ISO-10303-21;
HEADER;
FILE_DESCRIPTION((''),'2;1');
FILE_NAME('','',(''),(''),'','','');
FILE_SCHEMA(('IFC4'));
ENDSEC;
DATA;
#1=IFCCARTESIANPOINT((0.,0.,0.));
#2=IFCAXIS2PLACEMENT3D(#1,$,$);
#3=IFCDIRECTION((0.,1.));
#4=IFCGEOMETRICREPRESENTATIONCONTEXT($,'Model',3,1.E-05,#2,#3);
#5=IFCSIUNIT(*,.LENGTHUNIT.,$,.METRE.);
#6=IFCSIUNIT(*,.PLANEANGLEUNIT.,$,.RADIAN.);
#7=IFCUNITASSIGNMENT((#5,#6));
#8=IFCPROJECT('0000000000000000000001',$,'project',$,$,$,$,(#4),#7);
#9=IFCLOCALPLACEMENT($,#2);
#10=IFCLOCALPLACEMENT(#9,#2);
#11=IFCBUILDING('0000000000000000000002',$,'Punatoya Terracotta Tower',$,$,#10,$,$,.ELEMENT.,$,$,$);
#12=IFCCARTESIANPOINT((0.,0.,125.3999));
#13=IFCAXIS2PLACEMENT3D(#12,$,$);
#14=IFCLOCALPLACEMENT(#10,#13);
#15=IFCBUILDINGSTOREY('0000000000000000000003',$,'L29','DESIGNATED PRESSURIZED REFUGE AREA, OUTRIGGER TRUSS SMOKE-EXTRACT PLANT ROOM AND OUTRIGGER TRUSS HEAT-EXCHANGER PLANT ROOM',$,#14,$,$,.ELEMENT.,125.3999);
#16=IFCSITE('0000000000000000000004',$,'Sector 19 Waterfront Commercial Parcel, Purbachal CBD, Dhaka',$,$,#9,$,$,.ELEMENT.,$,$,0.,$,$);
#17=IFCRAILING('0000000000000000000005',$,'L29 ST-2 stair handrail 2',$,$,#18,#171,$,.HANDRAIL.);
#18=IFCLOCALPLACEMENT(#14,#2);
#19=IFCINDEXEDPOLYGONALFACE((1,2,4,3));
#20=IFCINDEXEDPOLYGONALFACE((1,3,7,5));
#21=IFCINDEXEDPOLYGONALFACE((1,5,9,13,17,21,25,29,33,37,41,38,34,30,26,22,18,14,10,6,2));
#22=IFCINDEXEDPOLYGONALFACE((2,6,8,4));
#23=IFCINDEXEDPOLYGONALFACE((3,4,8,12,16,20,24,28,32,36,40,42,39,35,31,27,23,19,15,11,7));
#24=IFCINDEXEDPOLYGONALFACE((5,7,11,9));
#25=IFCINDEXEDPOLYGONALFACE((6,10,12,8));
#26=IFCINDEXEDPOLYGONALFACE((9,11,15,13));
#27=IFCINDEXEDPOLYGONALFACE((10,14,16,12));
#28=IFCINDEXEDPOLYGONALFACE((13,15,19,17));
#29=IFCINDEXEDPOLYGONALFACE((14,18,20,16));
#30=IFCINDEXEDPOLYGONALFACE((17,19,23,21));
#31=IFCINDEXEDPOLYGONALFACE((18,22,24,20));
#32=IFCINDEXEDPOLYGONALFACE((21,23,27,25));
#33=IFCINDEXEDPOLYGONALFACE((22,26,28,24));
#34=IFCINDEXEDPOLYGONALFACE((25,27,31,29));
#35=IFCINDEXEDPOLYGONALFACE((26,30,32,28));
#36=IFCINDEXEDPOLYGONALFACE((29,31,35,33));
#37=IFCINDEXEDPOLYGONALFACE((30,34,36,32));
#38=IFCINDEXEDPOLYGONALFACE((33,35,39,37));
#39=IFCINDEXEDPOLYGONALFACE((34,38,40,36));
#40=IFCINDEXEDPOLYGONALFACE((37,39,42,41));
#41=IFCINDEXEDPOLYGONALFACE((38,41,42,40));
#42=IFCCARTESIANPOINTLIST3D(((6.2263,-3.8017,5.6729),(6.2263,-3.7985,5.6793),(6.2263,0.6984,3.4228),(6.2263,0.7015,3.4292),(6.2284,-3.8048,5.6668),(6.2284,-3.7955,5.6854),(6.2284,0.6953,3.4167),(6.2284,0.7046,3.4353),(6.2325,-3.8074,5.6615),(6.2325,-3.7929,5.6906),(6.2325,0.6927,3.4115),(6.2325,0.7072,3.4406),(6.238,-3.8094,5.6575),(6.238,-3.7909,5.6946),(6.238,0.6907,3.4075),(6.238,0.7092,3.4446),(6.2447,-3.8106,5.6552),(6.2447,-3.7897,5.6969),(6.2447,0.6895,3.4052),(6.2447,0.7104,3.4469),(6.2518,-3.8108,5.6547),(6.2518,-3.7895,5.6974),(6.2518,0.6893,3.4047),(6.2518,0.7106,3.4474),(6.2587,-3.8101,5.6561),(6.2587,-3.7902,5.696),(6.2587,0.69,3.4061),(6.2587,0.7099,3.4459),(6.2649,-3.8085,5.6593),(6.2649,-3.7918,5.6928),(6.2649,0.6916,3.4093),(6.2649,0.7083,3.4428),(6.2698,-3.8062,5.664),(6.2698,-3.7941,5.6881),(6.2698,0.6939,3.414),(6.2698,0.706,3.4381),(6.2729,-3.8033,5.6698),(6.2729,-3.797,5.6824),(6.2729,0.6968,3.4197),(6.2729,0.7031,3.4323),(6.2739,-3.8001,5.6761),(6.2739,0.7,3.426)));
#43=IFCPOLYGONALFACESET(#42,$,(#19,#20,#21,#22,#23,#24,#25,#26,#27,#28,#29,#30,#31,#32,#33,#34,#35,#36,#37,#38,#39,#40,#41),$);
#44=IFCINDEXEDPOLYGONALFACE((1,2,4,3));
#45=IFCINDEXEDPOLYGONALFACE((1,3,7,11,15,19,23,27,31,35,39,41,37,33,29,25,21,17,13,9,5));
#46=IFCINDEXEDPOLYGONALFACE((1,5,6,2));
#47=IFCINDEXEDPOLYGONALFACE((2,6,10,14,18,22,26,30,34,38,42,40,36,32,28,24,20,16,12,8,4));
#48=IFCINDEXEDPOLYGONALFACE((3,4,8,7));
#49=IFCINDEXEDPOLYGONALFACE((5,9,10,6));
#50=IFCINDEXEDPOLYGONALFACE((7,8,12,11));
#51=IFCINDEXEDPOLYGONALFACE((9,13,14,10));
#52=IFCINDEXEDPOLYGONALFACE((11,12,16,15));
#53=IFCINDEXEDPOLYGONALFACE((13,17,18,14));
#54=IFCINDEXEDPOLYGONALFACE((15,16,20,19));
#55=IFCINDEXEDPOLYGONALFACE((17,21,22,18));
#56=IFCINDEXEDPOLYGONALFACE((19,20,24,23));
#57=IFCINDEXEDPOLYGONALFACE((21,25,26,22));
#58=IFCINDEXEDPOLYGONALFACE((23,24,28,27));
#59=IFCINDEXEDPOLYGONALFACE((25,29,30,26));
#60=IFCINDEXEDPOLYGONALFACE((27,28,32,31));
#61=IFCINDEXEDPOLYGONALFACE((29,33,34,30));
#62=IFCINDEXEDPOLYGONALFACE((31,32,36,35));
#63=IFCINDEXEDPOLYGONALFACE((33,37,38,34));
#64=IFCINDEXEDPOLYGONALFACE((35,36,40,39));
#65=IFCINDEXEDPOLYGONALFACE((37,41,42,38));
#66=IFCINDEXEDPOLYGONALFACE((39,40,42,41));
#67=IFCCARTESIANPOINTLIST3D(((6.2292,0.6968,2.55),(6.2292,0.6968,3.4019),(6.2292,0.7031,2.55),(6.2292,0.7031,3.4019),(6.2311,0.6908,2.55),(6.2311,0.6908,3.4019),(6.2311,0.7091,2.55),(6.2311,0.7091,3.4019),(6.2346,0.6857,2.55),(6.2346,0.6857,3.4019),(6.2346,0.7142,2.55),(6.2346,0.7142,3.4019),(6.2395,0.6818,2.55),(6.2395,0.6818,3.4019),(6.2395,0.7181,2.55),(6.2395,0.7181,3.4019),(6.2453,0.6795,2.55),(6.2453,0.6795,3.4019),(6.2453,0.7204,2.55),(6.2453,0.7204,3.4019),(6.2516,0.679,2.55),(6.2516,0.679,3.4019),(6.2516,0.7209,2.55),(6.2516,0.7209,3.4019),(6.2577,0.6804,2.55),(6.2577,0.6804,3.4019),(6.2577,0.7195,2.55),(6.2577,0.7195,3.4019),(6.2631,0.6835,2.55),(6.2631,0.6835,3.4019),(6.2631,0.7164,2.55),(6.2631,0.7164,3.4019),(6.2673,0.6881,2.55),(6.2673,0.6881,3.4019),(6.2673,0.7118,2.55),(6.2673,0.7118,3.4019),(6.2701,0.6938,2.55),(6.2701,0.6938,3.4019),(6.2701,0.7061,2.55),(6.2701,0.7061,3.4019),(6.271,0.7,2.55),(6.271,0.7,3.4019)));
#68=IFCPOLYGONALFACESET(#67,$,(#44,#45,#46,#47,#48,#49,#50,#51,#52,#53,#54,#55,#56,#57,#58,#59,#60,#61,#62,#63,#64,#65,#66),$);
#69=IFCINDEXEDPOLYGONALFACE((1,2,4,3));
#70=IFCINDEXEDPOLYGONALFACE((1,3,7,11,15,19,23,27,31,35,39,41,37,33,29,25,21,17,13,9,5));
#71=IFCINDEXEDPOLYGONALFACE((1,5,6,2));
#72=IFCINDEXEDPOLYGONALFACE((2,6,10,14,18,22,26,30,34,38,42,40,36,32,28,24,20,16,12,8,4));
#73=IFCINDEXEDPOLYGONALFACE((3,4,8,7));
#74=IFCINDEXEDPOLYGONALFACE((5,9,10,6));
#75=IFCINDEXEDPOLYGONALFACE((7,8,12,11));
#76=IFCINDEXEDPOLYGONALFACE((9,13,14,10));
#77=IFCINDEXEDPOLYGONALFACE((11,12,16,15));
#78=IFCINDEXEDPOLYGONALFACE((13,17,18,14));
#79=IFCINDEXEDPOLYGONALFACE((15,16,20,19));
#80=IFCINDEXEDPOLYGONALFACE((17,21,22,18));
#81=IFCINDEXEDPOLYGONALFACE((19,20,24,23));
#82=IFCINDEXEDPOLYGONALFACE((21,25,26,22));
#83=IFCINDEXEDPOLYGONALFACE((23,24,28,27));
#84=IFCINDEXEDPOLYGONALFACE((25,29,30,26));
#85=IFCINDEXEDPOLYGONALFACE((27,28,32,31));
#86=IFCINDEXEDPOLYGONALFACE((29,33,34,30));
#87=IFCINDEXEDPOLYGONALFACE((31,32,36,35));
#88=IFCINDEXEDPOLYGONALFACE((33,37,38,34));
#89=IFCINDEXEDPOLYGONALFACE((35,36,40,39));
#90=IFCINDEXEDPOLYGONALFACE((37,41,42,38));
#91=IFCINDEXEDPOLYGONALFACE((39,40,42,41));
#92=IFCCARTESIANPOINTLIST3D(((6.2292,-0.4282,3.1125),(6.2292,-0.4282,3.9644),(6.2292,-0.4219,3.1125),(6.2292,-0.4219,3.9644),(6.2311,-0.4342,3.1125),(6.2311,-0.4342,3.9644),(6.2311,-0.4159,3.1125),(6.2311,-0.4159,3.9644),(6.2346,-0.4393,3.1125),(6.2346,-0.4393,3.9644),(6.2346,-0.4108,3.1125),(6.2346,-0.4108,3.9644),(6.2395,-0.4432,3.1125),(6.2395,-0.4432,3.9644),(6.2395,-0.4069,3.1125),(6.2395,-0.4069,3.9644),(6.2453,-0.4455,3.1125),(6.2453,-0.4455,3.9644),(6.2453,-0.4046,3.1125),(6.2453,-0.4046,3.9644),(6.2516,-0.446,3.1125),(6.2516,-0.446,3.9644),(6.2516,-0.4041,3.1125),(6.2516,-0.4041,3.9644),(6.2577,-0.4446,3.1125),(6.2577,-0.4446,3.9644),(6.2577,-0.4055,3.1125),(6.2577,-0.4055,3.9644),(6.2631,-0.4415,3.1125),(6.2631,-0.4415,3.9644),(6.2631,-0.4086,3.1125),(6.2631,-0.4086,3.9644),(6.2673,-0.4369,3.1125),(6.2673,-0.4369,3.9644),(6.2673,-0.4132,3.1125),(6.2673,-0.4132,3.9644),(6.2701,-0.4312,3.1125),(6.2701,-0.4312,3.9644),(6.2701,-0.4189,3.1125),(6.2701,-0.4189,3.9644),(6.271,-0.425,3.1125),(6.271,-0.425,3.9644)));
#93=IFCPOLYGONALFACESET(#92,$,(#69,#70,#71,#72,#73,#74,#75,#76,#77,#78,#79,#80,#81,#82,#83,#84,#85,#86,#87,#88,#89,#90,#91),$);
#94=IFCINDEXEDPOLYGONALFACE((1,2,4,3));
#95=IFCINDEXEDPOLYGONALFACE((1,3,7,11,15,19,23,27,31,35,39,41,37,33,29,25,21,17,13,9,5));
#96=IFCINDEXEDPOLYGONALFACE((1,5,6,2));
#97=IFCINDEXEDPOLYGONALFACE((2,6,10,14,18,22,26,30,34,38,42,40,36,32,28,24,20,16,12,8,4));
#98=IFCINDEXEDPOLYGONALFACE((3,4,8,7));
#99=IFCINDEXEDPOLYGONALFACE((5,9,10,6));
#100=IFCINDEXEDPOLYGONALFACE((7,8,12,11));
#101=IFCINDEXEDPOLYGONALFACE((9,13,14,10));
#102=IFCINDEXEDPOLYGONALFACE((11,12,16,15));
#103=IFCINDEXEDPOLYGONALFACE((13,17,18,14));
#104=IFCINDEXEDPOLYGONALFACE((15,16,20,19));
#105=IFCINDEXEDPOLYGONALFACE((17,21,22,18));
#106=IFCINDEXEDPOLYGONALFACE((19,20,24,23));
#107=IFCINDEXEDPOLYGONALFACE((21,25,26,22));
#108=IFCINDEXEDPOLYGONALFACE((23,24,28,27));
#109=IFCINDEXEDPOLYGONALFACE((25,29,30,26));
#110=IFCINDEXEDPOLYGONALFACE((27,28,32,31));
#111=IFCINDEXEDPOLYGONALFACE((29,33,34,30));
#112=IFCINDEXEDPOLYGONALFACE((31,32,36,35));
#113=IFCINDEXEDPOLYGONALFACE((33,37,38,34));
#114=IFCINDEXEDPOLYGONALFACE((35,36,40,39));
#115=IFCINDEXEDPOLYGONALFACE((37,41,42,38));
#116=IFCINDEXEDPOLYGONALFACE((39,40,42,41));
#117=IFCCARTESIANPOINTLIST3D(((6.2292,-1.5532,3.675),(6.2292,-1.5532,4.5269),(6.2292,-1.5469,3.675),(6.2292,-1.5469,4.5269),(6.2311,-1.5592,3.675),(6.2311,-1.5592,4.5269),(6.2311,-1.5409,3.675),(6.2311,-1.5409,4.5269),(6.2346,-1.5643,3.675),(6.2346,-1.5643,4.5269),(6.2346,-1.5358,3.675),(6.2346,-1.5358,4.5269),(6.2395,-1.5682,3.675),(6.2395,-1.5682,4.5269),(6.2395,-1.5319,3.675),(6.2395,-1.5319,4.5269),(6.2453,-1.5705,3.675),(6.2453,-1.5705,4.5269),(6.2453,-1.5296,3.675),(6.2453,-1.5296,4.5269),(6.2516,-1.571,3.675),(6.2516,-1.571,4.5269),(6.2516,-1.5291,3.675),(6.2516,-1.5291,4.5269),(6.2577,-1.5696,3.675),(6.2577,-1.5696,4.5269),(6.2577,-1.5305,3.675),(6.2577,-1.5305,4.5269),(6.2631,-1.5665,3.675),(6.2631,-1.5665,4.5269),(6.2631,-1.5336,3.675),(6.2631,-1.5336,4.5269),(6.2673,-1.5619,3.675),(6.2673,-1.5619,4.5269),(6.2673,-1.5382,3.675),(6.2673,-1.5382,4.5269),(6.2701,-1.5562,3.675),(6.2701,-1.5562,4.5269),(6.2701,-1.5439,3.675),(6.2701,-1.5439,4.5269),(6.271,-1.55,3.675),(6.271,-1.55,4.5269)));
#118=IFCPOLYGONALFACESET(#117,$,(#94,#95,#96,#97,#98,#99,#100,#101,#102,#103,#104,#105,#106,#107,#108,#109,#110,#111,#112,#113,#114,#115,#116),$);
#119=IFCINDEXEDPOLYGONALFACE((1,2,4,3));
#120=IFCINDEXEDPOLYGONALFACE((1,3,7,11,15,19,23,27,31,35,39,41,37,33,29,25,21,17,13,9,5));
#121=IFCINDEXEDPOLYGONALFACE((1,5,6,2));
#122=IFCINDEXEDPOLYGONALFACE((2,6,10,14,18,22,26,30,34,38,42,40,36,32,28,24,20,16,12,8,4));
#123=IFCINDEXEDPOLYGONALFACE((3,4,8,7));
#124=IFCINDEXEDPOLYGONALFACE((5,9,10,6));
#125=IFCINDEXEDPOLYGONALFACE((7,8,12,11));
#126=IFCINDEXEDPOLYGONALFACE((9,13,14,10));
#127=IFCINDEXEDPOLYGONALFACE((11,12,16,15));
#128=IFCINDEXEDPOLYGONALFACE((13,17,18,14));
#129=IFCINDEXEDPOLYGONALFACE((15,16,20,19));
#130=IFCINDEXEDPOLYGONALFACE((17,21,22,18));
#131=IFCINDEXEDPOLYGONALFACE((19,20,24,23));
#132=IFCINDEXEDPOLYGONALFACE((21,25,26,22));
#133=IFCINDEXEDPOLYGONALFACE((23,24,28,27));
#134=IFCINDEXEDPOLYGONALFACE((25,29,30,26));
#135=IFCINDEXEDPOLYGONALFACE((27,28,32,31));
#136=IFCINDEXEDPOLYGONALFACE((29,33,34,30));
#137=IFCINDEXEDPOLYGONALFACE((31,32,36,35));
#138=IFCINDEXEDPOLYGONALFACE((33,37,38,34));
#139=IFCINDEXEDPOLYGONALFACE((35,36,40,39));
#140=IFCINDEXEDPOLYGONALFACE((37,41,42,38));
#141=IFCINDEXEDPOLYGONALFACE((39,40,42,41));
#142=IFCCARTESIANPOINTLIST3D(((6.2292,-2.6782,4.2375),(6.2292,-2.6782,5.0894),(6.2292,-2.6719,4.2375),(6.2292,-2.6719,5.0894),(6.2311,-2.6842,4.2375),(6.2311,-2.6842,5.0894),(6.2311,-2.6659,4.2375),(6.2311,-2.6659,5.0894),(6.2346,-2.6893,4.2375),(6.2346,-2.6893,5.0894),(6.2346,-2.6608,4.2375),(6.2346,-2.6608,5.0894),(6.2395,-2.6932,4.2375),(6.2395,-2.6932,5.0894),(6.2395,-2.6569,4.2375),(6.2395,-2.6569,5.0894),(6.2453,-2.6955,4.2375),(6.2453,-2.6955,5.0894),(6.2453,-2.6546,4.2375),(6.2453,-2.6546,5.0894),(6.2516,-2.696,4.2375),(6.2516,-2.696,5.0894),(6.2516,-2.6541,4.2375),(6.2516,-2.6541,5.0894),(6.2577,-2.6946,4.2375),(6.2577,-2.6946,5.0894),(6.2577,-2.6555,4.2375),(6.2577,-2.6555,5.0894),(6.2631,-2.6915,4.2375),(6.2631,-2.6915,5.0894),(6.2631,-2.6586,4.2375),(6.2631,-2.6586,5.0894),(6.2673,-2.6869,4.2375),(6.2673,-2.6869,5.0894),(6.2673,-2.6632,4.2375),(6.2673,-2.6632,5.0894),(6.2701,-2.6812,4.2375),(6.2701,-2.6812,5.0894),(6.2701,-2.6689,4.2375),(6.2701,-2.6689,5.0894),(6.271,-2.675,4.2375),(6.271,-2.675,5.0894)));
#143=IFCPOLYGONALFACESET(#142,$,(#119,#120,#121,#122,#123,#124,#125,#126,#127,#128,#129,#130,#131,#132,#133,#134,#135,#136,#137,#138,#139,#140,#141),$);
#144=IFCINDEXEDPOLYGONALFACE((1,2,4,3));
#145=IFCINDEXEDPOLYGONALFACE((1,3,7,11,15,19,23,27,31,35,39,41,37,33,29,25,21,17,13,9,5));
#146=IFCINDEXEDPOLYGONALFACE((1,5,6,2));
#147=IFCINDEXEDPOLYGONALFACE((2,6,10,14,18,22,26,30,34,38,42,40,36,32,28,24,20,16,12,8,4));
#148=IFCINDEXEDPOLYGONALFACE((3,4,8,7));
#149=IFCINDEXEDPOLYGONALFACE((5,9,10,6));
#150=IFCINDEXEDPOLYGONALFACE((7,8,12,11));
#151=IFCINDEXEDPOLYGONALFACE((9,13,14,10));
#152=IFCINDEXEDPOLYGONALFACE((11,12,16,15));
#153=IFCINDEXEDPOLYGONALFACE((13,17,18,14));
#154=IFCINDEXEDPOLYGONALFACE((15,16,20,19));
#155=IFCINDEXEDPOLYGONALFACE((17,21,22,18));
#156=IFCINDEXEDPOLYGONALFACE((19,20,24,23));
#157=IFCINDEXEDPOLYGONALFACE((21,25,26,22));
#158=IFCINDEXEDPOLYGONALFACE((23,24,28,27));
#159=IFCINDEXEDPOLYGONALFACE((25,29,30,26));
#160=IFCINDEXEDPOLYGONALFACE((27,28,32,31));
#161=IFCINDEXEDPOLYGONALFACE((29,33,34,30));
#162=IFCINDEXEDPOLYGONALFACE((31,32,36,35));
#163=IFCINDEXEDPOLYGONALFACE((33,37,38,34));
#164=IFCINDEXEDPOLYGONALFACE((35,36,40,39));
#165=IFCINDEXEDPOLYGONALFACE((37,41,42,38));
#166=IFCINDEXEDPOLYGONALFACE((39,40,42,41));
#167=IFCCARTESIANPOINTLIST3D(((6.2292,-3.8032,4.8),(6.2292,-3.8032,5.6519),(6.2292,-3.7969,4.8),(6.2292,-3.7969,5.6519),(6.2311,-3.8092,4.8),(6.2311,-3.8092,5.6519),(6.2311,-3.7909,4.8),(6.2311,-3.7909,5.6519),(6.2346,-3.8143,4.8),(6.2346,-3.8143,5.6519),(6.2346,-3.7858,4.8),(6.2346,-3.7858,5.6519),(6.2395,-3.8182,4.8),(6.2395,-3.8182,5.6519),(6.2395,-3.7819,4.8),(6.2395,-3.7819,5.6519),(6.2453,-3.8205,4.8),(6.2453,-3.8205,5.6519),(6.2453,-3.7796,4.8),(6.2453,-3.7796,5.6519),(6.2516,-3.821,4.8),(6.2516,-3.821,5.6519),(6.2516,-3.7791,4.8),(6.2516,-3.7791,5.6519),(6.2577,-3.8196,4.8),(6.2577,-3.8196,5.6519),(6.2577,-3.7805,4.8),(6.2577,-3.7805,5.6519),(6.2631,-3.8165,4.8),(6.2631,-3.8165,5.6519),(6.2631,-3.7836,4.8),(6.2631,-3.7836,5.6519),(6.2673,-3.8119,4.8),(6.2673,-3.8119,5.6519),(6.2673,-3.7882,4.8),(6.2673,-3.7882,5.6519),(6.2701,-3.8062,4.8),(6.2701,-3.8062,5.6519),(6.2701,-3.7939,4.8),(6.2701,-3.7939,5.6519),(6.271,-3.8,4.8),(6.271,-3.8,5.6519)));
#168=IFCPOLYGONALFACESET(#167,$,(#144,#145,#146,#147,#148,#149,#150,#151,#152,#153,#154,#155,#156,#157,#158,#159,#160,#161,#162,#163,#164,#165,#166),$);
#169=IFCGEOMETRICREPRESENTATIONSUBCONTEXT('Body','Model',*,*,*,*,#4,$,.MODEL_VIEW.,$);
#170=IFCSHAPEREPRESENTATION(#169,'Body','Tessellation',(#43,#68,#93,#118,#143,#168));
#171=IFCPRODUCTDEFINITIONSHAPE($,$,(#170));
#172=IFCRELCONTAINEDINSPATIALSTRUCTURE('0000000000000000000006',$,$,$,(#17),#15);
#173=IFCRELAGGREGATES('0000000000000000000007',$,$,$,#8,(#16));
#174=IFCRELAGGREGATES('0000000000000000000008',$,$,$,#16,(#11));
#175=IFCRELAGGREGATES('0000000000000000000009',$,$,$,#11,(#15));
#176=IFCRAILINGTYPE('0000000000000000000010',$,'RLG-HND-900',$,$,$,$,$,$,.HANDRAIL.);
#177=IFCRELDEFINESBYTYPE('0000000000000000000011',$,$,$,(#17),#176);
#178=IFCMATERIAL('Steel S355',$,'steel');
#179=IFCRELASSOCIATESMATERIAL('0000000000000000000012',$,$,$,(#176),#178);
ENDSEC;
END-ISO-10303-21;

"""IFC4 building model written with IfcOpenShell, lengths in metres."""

from ifc_helpers import new_model, si_unit, direction, frame, origin, origin_2d, place, context, subcontext, project, spatial, circle, extrude, material, type_object, element, save


model = new_model("IFC4")

# Units and contexts
model_context = context("Model", 3, precision=1e-05, world=origin(), true_north=direction((0.0, 1.0)))
body_context = subcontext(model_context, "Body", "Model", "MODEL_VIEW")
ifc_project = project(units=[si_unit("LENGTHUNIT", "METRE"), si_unit("PLANEANGLEUNIT", "RADIAN")], contexts=[model_context])

# Site, building, storey
site_placement = place(None, origin())
site = spatial("IfcSite", under=ifc_project, at=site_placement, Name="Sector 19 Waterfront Commercial Parcel, Purbachal CBD, Dhaka", CompositionType="ELEMENT", RefElevation=0.0)
building_placement = place(site_placement, origin())
building = spatial("IfcBuilding", under=site, at=building_placement, Name="Punatoya Terracotta Tower", CompositionType="ELEMENT")
storey_placement = place(building_placement, frame((0.0, 0.0, 125.3999)))
storey = spatial("IfcBuildingStorey", under=building, at=storey_placement, Name="L29", Description="DESIGNATED PRESSURIZED REFUGE AREA, OUTRIGGER TRUSS SMOKE-EXTRACT PLANT ROOM AND OUTRIGGER TRUSS HEAT-EXCHANGER PLANT ROOM", CompositionType="ELEMENT", Elevation=125.3999)

# Shared definitions
ifc_material_1 = material(Name="Steel S355", Category="steel")

# Railing
railing_type_1 = type_object("IfcRailingType", Name="RLG-HND-900", PredefinedType="HANDRAIL", material=ifc_material_1)
railing_1_placement = place(storey_placement, frame((6.25, 0.7, 2.55)))
element("IfcRailing", 1, at=railing_1_placement, inside=storey, type_object=railing_type_1, Name="L29 ST-2 stair handrail 2", PredefinedType="HANDRAIL", context=body_context, shape_type="SweptSolid", body=[
    extrude(circle(Radius=0.0239, at=origin_2d()), frame((0.0, 0.0, 0.876), z_axis=(0.0, -0.894427, 0.447214), x_axis=(1.0, 0.0, 0.0)), (0.0, 0.0, 1.0), 5.0312),
    extrude(circle(Radius=0.021, at=origin_2d()), origin(), (0.0, 0.0, 1.0), 0.8518),
    extrude(circle(Radius=0.021, at=origin_2d()), frame((0.0, -1.125, 0.5625)), (0.0, 0.0, 1.0), 0.8518),
    extrude(circle(Radius=0.021, at=origin_2d()), frame((0.0, -2.25, 1.125)), (0.0, 0.0, 1.0), 0.8518),
    extrude(circle(Radius=0.021, at=origin_2d()), frame((0.0, -3.375, 1.6875)), (0.0, 0.0, 1.0), 0.8518),
    extrude(circle(Radius=0.021, at=origin_2d()), frame((0.0, -4.5, 2.25)), (0.0, 0.0, 1.0), 0.8518),
])

save(model, "model.ifc")
